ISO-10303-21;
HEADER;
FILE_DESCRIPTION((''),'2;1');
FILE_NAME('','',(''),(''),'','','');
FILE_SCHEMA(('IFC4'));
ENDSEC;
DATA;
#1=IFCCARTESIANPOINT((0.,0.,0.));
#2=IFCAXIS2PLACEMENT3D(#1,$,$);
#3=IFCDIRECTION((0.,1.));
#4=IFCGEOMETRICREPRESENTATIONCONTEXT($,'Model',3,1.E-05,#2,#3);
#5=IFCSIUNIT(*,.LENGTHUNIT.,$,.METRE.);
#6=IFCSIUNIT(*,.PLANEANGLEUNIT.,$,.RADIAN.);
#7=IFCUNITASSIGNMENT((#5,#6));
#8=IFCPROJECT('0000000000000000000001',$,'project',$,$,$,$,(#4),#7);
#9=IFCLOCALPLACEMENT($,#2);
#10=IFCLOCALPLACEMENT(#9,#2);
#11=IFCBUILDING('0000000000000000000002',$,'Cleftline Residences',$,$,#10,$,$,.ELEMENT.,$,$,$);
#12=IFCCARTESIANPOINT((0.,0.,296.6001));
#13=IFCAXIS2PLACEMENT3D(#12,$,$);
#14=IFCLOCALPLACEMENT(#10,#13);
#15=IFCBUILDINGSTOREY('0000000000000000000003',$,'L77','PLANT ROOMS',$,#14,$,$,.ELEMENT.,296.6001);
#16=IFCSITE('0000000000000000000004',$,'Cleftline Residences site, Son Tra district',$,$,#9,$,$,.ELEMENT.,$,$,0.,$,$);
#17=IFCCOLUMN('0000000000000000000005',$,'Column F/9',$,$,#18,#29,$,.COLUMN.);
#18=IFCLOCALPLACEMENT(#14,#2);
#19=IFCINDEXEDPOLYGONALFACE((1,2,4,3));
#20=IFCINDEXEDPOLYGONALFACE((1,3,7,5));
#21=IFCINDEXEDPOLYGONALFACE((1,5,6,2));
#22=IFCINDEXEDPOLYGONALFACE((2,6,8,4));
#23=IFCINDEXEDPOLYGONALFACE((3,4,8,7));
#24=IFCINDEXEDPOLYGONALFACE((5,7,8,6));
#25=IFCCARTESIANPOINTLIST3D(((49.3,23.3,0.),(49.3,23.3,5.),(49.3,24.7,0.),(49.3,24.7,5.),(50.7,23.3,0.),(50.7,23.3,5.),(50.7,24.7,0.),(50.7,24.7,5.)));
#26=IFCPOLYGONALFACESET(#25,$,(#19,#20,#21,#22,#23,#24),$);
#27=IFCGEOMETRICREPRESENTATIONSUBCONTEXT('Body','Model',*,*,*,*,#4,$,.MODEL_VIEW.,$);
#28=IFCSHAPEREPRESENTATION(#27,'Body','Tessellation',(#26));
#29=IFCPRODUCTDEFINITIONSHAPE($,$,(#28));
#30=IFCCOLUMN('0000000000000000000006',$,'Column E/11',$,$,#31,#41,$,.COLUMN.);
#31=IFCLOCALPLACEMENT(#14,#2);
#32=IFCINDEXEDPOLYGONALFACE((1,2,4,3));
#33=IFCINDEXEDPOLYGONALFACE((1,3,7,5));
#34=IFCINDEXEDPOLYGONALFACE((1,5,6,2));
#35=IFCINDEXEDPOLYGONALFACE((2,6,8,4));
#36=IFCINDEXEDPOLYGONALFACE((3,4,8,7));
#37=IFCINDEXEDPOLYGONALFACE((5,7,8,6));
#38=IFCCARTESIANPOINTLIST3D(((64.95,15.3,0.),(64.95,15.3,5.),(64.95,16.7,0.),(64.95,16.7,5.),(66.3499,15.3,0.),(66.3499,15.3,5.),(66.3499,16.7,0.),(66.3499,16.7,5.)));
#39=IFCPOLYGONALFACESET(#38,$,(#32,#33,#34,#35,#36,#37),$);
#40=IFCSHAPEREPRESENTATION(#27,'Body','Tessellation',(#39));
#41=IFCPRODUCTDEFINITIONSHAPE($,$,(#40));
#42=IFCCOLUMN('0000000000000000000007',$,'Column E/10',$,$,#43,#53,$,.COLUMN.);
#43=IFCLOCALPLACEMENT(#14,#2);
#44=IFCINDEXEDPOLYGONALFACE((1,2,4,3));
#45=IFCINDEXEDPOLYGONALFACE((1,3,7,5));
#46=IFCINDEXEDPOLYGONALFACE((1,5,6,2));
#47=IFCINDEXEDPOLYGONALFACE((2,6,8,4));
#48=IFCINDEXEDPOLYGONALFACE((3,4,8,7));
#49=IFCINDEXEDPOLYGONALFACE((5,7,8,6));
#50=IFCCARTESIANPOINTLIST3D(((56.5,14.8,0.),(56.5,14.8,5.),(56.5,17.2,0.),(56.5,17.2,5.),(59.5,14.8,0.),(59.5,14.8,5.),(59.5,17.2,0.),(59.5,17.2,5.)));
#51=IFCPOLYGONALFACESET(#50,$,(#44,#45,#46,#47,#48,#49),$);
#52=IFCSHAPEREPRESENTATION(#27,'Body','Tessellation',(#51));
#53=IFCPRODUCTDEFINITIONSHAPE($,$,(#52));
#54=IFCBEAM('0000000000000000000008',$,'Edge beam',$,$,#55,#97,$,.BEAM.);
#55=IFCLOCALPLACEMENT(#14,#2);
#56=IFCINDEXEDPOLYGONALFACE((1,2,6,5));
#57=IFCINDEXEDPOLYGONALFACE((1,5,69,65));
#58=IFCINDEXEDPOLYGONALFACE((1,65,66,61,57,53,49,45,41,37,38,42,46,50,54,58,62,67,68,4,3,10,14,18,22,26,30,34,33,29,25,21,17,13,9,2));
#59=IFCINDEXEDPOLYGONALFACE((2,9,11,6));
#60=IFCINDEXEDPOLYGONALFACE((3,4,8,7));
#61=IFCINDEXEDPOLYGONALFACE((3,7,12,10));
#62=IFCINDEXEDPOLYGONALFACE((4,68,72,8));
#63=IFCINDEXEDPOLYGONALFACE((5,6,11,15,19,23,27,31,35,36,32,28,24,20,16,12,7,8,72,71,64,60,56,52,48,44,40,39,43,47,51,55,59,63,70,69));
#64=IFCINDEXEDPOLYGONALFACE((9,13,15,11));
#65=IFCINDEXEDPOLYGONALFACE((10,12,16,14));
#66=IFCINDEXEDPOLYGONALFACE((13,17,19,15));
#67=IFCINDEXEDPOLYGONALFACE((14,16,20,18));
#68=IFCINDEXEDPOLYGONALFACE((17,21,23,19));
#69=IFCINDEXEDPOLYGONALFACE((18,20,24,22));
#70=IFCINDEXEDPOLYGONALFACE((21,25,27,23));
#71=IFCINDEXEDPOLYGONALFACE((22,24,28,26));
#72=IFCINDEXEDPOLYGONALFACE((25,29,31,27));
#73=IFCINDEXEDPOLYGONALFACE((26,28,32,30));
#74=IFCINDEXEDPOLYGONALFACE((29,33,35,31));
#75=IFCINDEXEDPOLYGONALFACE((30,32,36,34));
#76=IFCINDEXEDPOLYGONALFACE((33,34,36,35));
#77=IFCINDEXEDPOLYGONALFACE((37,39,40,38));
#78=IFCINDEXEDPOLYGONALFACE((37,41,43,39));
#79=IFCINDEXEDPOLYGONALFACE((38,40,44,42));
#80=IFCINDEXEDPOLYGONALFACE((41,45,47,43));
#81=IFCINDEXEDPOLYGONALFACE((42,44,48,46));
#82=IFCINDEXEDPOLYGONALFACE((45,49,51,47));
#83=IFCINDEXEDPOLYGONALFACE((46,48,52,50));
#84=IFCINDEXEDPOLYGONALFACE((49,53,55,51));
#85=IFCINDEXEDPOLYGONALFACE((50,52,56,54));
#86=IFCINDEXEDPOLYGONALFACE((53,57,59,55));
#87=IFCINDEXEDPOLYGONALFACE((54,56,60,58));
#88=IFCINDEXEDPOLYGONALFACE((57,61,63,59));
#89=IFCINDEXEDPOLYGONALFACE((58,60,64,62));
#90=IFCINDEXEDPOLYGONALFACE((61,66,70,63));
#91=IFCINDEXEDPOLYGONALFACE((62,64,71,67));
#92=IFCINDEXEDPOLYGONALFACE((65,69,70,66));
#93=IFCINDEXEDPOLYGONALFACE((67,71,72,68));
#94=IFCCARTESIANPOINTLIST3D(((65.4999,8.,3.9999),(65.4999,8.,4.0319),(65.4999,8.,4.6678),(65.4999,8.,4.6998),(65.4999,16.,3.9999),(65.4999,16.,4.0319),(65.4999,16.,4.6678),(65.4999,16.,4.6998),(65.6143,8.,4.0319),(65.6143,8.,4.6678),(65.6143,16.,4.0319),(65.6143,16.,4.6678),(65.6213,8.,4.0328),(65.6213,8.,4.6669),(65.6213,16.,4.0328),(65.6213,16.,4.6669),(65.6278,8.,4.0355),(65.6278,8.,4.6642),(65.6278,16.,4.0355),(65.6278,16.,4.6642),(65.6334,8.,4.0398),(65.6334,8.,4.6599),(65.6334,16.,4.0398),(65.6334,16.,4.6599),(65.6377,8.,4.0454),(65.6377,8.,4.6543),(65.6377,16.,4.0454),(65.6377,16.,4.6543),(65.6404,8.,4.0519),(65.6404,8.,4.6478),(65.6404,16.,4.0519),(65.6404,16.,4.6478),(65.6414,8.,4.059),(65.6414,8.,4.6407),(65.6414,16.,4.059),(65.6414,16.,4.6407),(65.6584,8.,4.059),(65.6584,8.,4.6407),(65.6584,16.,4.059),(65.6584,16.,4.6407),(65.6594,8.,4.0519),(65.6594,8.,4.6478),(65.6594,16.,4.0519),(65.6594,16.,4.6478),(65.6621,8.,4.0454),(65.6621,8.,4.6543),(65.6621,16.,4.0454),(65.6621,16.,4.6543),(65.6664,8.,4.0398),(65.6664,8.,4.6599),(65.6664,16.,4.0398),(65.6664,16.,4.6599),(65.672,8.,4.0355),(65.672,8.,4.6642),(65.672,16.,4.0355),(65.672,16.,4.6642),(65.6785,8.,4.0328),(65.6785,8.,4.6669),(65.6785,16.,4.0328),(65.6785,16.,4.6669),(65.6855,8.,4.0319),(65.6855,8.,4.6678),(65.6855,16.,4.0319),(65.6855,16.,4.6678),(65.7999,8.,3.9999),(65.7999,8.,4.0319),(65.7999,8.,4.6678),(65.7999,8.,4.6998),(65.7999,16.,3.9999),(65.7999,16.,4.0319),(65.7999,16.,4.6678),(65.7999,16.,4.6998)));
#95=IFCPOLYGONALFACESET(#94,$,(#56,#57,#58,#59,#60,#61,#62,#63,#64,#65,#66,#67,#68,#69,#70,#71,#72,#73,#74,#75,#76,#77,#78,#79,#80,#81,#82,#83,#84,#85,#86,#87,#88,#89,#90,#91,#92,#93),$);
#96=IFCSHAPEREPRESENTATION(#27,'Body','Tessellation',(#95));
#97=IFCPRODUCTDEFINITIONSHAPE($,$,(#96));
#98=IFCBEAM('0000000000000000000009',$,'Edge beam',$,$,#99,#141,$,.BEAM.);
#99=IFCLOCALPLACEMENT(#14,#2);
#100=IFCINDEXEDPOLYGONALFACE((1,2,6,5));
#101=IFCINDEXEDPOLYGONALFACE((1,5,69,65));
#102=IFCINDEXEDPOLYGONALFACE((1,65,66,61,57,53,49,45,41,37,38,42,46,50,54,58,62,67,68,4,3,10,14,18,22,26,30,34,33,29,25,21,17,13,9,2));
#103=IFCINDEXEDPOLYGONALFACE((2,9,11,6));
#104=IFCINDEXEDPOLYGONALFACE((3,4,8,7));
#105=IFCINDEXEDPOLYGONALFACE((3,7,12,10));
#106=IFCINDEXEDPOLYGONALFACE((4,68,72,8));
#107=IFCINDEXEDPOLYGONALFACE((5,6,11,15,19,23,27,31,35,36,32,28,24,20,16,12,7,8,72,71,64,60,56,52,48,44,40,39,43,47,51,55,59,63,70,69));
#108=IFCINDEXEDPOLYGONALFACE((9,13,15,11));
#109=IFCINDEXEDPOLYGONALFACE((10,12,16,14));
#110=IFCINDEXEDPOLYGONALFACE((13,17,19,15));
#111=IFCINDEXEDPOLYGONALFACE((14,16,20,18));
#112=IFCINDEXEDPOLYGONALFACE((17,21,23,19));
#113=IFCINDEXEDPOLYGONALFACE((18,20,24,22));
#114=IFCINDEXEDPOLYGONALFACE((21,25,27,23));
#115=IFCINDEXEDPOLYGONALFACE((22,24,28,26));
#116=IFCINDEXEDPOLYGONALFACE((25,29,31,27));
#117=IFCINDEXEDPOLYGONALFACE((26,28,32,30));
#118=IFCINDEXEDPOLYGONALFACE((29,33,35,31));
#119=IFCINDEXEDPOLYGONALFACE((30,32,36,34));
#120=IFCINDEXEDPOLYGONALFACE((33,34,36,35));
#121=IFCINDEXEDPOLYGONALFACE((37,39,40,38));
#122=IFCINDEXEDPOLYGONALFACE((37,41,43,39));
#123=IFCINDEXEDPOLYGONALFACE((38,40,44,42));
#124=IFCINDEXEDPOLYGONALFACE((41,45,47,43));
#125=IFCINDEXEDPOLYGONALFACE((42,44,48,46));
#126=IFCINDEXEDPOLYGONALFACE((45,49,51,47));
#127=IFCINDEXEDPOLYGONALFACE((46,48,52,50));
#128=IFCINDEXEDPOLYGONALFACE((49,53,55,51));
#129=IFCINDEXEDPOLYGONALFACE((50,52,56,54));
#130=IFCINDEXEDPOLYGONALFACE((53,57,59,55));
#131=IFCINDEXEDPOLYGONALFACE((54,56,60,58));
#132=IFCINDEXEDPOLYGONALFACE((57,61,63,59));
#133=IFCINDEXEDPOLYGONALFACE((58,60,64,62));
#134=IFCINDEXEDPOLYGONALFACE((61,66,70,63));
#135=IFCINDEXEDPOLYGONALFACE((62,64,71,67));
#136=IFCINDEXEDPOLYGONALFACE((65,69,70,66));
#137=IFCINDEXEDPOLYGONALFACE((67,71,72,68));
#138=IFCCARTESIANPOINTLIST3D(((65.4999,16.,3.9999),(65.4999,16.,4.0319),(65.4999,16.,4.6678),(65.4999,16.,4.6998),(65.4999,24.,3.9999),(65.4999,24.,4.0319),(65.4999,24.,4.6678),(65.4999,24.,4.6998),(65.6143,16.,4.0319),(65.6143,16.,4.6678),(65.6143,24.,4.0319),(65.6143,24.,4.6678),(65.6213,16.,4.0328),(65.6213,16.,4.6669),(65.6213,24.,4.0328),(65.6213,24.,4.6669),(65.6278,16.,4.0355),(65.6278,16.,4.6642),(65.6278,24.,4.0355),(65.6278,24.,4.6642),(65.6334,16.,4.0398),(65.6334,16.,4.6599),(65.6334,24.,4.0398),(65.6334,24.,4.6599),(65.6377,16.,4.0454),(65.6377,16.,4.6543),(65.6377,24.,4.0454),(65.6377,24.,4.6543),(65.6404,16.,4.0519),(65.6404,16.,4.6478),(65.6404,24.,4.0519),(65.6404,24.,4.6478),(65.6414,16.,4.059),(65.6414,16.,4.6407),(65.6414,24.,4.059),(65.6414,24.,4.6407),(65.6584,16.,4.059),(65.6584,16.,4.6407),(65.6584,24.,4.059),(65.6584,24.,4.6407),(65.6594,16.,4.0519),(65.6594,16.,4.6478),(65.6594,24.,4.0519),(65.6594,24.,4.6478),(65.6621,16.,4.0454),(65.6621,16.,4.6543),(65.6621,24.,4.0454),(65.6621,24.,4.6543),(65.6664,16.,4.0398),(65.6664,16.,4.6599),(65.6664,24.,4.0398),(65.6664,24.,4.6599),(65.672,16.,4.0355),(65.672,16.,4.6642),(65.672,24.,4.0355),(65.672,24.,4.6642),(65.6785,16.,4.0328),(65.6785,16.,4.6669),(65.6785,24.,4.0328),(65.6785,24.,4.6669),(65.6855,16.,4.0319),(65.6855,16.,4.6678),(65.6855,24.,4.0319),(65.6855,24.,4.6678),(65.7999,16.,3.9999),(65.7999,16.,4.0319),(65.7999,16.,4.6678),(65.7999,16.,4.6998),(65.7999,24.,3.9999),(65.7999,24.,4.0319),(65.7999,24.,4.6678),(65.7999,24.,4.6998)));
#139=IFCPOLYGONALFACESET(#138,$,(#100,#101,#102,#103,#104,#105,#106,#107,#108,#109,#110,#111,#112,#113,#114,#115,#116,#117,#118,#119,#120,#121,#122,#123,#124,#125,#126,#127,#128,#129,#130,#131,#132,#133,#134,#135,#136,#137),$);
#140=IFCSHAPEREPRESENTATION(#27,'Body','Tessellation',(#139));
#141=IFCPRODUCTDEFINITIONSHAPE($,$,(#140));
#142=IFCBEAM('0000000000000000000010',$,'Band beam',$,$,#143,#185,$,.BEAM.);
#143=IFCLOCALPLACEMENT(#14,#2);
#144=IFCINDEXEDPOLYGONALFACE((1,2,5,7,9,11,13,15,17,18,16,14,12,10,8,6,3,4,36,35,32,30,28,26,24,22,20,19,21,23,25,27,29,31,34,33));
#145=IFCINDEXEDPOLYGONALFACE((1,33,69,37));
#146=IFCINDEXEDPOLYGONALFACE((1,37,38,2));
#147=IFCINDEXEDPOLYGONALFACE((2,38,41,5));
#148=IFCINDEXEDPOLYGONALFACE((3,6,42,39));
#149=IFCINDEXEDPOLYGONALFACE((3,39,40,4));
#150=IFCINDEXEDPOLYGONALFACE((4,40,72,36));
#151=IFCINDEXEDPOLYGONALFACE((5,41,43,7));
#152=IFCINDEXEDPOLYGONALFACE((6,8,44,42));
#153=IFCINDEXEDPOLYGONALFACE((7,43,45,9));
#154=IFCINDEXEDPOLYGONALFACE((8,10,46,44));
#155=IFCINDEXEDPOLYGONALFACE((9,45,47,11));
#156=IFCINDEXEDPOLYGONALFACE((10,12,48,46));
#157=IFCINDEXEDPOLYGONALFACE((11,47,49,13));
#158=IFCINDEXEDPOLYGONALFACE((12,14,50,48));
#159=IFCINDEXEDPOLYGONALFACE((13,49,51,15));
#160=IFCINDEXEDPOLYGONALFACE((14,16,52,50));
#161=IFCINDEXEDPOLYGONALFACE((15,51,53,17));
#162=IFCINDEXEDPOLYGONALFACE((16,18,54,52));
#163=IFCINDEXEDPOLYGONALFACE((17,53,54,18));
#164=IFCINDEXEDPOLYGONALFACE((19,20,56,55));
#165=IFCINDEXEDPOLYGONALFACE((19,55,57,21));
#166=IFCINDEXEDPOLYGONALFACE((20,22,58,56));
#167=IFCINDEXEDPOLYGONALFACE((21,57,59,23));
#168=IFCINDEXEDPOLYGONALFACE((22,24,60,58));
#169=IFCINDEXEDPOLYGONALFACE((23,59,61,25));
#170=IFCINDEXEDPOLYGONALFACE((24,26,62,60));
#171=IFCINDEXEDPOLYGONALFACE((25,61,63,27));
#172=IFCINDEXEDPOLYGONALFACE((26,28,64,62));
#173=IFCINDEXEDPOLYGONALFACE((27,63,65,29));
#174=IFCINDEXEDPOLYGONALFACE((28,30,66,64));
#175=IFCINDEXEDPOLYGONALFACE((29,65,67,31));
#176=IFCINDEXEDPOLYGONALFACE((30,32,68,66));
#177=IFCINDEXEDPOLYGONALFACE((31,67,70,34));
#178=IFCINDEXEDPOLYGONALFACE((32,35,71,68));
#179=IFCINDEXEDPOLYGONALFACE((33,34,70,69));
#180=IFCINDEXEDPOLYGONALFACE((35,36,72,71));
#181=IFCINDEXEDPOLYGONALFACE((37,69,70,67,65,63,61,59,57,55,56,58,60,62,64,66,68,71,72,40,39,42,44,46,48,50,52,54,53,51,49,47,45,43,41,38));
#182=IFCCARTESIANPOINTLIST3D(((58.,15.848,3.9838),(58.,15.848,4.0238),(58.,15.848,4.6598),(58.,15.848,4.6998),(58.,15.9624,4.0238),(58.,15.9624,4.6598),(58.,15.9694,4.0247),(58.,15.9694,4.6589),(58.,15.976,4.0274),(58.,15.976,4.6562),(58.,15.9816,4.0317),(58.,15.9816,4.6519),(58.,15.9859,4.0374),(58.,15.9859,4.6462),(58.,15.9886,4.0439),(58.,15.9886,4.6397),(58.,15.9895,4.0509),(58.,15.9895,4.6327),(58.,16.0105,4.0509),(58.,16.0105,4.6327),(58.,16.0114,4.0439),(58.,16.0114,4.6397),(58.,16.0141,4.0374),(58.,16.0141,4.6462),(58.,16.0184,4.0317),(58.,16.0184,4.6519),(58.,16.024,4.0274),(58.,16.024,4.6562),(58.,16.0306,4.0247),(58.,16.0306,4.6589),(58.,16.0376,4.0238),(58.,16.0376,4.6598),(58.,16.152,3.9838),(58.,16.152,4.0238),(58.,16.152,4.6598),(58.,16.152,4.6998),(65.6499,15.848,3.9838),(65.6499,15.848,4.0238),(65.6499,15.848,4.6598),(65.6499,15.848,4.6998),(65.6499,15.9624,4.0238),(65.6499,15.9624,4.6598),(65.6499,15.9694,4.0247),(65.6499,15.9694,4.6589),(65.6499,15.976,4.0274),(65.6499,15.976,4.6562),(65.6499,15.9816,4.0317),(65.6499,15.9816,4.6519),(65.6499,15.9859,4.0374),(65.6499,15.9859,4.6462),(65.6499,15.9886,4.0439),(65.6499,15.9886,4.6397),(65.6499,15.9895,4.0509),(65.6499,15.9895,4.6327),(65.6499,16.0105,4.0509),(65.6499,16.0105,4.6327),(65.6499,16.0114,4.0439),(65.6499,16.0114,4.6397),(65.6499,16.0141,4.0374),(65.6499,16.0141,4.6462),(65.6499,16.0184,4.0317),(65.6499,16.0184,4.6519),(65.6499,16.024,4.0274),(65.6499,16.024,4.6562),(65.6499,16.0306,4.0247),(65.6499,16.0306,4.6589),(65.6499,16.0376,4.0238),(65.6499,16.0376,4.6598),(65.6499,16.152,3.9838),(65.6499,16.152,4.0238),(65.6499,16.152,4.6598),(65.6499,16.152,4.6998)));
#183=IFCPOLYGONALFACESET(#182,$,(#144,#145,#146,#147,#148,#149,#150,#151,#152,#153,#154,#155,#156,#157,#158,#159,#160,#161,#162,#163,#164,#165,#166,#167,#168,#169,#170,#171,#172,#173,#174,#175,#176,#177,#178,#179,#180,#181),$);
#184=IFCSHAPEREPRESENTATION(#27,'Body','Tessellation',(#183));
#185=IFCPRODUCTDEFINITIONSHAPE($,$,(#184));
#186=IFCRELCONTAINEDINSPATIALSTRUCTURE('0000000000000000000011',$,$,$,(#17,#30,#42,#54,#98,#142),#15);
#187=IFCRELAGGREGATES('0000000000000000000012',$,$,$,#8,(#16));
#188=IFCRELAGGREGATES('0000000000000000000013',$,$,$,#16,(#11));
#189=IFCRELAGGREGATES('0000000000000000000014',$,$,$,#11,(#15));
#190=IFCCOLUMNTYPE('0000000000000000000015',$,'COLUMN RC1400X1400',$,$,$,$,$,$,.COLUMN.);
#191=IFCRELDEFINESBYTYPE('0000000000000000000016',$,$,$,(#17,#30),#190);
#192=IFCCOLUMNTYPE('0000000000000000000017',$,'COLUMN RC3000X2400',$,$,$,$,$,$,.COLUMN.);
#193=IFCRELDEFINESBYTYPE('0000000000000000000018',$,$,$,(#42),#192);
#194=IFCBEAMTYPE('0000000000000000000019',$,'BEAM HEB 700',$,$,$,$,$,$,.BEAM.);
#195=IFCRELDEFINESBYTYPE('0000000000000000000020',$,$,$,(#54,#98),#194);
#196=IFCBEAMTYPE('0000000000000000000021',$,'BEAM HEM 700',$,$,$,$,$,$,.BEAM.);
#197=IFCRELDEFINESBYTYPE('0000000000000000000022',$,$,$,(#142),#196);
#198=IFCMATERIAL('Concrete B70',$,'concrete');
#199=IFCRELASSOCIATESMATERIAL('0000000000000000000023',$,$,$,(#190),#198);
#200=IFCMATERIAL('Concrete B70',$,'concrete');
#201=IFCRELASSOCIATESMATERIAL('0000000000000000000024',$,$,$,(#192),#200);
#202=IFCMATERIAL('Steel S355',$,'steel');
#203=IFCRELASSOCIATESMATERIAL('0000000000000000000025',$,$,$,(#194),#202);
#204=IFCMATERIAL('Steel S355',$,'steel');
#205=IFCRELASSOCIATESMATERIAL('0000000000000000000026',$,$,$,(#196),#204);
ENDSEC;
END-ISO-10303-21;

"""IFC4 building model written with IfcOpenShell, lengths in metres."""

from ifc_helpers import new_model, si_unit, direction, frame, origin, origin_2d, place, context, subcontext, project, spatial, rectangle, i_section, extrude, material, material_profile, profile_set, type_object, element, save


model = new_model("IFC4")

# Units and contexts
model_context = context("Model", 3, precision=1e-05, world=origin(), true_north=direction((0.0, 1.0)))
body_context = subcontext(model_context, "Body", "Model", "MODEL_VIEW")
ifc_project = project(units=[si_unit("LENGTHUNIT", "METRE"), si_unit("PLANEANGLEUNIT", "RADIAN")], contexts=[model_context])

# Site, building, storey
site_placement = place(None, origin())
site = spatial("IfcSite", under=ifc_project, at=site_placement, Name="Cleftline Residences site, Son Tra district", CompositionType="ELEMENT", RefElevation=0.0)
building_placement = place(site_placement, origin())
building = spatial("IfcBuilding", under=site, at=building_placement, Name="Cleftline Residences", CompositionType="ELEMENT")
storey_placement = place(building_placement, frame((0.0, 0.0, 296.6001)))
storey = spatial("IfcBuildingStorey", under=building, at=storey_placement, Name="L77", Description="PLANT ROOMS", CompositionType="ELEMENT", Elevation=296.6001)

# Columns
ifc_material_1 = material(Name="Concrete B70", Category="concrete")
ifc_material_profile_1 = material_profile(ifc_material_1, rectangle(XDim=1.3999, YDim=1.3999, at=origin_2d()))
ifc_profile_set_1 = profile_set([ifc_material_profile_1], Name="Concrete B70")
column_type_1 = type_object("IfcColumnType", Name="COLUMN RC1400X1400", PredefinedType="COLUMN", material=ifc_profile_set_1)
for number, where, z_axis, x_axis, name in (
    (1, (50.0, 24.0, 0.0), (0.0, 0.0, 1.0), (1.0, 0.0, 0.0), "Column F/9"),
    (2, (65.6499, 16.0, 0.0), (0.0, 0.0, 1.0), (1.0, 0.0, 0.0), "Column E/11"),
):
    element("IfcColumn", number, at=place(storey_placement, frame(where, z_axis=z_axis, x_axis=x_axis)), inside=storey, type_object=column_type_1, Name=name, PredefinedType="COLUMN", context=body_context, shape_type="SweptSolid", body=[
        extrude(rectangle(XDim=1.3999, YDim=1.3999, at=origin_2d()), origin(), (0.0, 0.0, 1.0), 5.0),
    ])
ifc_material_2 = material(Name="Concrete B70", Category="concrete")
ifc_material_profile_2 = material_profile(ifc_material_2, rectangle(XDim=3.0, YDim=2.3999, at=origin_2d()))
ifc_profile_set_2 = profile_set([ifc_material_profile_2], Name="Concrete B70")
column_type_2 = type_object("IfcColumnType", Name="COLUMN RC3000X2400", PredefinedType="COLUMN", material=ifc_profile_set_2)
column_placement = place(storey_placement, frame((58.0, 16.0, 0.0), z_axis=(0.0, 0.0, 1.0), x_axis=(1.0, 0.0, 0.0)))
element("IfcColumn", 3, at=column_placement, inside=storey, type_object=column_type_2, Name="Column E/10", PredefinedType="COLUMN", context=body_context, shape_type="SweptSolid", body=[
    extrude(rectangle(XDim=3.0, YDim=2.3999, at=origin_2d()), origin(), (0.0, 0.0, 1.0), 5.0),
])

# Beams
ifc_material_3 = material(Name="Steel S355", Category="steel")
ifc_material_profile_3 = material_profile(ifc_material_3, i_section(OverallWidth=0.3, OverallDepth=0.7, WebThickness=0.0171, FlangeThickness=0.032, FilletRadius=0.0271, at=origin_2d()))
ifc_profile_set_3 = profile_set([ifc_material_profile_3], Name="Steel S355")
beam_type_1 = type_object("IfcBeamType", Name="BEAM HEB 700", PredefinedType="BEAM", material=ifc_profile_set_3)
for number, where, z_axis, x_axis, name in (
    (4, (65.6499, 8.0, 4.3499), (0.0, 1.0, 0.0), (-1.0, 0.0, 0.0), "Edge beam"),
    (5, (65.6499, 16.0, 4.3499), (0.0, 1.0, 0.0), (-1.0, 0.0, 0.0), "Edge beam"),
):
    element("IfcBeam", number, at=place(storey_placement, frame(where, z_axis=z_axis, x_axis=x_axis)), inside=storey, type_object=beam_type_1, Name=name, PredefinedType="BEAM", context=body_context, shape_type="SweptSolid", body=[
        extrude(i_section(OverallWidth=0.3, OverallDepth=0.7, WebThickness=0.0171, FlangeThickness=0.032, FilletRadius=0.0271, at=origin_2d()), origin(), (0.0, 0.0, 1.0), 8.0),
    ])
ifc_material_4 = material(Name="Steel S355", Category="steel")
ifc_material_profile_4 = material_profile(ifc_material_4, i_section(OverallWidth=0.304, OverallDepth=0.7161, WebThickness=0.021, FlangeThickness=0.04, FilletRadius=0.0271, at=origin_2d()))
ifc_profile_set_4 = profile_set([ifc_material_profile_4], Name="Steel S355")
beam_type_2 = type_object("IfcBeamType", Name="BEAM HEM 700", PredefinedType="BEAM", material=ifc_profile_set_4)
beam_1_placement = place(storey_placement, frame((65.6499, 16.0, 4.3418), z_axis=(-1.0, 0.0, 0.0), x_axis=(0.0, -1.0, 0.0)))
element("IfcBeam", 6, at=beam_1_placement, inside=storey, type_object=beam_type_2, Name="Band beam", PredefinedType="BEAM", context=body_context, shape_type="SweptSolid", body=[
    extrude(i_section(OverallWidth=0.304, OverallDepth=0.7161, WebThickness=0.021, FlangeThickness=0.04, FilletRadius=0.0271, at=origin_2d()), origin(), (0.0, 0.0, 1.0), 7.6499),
])

save(model, "model.ifc")
